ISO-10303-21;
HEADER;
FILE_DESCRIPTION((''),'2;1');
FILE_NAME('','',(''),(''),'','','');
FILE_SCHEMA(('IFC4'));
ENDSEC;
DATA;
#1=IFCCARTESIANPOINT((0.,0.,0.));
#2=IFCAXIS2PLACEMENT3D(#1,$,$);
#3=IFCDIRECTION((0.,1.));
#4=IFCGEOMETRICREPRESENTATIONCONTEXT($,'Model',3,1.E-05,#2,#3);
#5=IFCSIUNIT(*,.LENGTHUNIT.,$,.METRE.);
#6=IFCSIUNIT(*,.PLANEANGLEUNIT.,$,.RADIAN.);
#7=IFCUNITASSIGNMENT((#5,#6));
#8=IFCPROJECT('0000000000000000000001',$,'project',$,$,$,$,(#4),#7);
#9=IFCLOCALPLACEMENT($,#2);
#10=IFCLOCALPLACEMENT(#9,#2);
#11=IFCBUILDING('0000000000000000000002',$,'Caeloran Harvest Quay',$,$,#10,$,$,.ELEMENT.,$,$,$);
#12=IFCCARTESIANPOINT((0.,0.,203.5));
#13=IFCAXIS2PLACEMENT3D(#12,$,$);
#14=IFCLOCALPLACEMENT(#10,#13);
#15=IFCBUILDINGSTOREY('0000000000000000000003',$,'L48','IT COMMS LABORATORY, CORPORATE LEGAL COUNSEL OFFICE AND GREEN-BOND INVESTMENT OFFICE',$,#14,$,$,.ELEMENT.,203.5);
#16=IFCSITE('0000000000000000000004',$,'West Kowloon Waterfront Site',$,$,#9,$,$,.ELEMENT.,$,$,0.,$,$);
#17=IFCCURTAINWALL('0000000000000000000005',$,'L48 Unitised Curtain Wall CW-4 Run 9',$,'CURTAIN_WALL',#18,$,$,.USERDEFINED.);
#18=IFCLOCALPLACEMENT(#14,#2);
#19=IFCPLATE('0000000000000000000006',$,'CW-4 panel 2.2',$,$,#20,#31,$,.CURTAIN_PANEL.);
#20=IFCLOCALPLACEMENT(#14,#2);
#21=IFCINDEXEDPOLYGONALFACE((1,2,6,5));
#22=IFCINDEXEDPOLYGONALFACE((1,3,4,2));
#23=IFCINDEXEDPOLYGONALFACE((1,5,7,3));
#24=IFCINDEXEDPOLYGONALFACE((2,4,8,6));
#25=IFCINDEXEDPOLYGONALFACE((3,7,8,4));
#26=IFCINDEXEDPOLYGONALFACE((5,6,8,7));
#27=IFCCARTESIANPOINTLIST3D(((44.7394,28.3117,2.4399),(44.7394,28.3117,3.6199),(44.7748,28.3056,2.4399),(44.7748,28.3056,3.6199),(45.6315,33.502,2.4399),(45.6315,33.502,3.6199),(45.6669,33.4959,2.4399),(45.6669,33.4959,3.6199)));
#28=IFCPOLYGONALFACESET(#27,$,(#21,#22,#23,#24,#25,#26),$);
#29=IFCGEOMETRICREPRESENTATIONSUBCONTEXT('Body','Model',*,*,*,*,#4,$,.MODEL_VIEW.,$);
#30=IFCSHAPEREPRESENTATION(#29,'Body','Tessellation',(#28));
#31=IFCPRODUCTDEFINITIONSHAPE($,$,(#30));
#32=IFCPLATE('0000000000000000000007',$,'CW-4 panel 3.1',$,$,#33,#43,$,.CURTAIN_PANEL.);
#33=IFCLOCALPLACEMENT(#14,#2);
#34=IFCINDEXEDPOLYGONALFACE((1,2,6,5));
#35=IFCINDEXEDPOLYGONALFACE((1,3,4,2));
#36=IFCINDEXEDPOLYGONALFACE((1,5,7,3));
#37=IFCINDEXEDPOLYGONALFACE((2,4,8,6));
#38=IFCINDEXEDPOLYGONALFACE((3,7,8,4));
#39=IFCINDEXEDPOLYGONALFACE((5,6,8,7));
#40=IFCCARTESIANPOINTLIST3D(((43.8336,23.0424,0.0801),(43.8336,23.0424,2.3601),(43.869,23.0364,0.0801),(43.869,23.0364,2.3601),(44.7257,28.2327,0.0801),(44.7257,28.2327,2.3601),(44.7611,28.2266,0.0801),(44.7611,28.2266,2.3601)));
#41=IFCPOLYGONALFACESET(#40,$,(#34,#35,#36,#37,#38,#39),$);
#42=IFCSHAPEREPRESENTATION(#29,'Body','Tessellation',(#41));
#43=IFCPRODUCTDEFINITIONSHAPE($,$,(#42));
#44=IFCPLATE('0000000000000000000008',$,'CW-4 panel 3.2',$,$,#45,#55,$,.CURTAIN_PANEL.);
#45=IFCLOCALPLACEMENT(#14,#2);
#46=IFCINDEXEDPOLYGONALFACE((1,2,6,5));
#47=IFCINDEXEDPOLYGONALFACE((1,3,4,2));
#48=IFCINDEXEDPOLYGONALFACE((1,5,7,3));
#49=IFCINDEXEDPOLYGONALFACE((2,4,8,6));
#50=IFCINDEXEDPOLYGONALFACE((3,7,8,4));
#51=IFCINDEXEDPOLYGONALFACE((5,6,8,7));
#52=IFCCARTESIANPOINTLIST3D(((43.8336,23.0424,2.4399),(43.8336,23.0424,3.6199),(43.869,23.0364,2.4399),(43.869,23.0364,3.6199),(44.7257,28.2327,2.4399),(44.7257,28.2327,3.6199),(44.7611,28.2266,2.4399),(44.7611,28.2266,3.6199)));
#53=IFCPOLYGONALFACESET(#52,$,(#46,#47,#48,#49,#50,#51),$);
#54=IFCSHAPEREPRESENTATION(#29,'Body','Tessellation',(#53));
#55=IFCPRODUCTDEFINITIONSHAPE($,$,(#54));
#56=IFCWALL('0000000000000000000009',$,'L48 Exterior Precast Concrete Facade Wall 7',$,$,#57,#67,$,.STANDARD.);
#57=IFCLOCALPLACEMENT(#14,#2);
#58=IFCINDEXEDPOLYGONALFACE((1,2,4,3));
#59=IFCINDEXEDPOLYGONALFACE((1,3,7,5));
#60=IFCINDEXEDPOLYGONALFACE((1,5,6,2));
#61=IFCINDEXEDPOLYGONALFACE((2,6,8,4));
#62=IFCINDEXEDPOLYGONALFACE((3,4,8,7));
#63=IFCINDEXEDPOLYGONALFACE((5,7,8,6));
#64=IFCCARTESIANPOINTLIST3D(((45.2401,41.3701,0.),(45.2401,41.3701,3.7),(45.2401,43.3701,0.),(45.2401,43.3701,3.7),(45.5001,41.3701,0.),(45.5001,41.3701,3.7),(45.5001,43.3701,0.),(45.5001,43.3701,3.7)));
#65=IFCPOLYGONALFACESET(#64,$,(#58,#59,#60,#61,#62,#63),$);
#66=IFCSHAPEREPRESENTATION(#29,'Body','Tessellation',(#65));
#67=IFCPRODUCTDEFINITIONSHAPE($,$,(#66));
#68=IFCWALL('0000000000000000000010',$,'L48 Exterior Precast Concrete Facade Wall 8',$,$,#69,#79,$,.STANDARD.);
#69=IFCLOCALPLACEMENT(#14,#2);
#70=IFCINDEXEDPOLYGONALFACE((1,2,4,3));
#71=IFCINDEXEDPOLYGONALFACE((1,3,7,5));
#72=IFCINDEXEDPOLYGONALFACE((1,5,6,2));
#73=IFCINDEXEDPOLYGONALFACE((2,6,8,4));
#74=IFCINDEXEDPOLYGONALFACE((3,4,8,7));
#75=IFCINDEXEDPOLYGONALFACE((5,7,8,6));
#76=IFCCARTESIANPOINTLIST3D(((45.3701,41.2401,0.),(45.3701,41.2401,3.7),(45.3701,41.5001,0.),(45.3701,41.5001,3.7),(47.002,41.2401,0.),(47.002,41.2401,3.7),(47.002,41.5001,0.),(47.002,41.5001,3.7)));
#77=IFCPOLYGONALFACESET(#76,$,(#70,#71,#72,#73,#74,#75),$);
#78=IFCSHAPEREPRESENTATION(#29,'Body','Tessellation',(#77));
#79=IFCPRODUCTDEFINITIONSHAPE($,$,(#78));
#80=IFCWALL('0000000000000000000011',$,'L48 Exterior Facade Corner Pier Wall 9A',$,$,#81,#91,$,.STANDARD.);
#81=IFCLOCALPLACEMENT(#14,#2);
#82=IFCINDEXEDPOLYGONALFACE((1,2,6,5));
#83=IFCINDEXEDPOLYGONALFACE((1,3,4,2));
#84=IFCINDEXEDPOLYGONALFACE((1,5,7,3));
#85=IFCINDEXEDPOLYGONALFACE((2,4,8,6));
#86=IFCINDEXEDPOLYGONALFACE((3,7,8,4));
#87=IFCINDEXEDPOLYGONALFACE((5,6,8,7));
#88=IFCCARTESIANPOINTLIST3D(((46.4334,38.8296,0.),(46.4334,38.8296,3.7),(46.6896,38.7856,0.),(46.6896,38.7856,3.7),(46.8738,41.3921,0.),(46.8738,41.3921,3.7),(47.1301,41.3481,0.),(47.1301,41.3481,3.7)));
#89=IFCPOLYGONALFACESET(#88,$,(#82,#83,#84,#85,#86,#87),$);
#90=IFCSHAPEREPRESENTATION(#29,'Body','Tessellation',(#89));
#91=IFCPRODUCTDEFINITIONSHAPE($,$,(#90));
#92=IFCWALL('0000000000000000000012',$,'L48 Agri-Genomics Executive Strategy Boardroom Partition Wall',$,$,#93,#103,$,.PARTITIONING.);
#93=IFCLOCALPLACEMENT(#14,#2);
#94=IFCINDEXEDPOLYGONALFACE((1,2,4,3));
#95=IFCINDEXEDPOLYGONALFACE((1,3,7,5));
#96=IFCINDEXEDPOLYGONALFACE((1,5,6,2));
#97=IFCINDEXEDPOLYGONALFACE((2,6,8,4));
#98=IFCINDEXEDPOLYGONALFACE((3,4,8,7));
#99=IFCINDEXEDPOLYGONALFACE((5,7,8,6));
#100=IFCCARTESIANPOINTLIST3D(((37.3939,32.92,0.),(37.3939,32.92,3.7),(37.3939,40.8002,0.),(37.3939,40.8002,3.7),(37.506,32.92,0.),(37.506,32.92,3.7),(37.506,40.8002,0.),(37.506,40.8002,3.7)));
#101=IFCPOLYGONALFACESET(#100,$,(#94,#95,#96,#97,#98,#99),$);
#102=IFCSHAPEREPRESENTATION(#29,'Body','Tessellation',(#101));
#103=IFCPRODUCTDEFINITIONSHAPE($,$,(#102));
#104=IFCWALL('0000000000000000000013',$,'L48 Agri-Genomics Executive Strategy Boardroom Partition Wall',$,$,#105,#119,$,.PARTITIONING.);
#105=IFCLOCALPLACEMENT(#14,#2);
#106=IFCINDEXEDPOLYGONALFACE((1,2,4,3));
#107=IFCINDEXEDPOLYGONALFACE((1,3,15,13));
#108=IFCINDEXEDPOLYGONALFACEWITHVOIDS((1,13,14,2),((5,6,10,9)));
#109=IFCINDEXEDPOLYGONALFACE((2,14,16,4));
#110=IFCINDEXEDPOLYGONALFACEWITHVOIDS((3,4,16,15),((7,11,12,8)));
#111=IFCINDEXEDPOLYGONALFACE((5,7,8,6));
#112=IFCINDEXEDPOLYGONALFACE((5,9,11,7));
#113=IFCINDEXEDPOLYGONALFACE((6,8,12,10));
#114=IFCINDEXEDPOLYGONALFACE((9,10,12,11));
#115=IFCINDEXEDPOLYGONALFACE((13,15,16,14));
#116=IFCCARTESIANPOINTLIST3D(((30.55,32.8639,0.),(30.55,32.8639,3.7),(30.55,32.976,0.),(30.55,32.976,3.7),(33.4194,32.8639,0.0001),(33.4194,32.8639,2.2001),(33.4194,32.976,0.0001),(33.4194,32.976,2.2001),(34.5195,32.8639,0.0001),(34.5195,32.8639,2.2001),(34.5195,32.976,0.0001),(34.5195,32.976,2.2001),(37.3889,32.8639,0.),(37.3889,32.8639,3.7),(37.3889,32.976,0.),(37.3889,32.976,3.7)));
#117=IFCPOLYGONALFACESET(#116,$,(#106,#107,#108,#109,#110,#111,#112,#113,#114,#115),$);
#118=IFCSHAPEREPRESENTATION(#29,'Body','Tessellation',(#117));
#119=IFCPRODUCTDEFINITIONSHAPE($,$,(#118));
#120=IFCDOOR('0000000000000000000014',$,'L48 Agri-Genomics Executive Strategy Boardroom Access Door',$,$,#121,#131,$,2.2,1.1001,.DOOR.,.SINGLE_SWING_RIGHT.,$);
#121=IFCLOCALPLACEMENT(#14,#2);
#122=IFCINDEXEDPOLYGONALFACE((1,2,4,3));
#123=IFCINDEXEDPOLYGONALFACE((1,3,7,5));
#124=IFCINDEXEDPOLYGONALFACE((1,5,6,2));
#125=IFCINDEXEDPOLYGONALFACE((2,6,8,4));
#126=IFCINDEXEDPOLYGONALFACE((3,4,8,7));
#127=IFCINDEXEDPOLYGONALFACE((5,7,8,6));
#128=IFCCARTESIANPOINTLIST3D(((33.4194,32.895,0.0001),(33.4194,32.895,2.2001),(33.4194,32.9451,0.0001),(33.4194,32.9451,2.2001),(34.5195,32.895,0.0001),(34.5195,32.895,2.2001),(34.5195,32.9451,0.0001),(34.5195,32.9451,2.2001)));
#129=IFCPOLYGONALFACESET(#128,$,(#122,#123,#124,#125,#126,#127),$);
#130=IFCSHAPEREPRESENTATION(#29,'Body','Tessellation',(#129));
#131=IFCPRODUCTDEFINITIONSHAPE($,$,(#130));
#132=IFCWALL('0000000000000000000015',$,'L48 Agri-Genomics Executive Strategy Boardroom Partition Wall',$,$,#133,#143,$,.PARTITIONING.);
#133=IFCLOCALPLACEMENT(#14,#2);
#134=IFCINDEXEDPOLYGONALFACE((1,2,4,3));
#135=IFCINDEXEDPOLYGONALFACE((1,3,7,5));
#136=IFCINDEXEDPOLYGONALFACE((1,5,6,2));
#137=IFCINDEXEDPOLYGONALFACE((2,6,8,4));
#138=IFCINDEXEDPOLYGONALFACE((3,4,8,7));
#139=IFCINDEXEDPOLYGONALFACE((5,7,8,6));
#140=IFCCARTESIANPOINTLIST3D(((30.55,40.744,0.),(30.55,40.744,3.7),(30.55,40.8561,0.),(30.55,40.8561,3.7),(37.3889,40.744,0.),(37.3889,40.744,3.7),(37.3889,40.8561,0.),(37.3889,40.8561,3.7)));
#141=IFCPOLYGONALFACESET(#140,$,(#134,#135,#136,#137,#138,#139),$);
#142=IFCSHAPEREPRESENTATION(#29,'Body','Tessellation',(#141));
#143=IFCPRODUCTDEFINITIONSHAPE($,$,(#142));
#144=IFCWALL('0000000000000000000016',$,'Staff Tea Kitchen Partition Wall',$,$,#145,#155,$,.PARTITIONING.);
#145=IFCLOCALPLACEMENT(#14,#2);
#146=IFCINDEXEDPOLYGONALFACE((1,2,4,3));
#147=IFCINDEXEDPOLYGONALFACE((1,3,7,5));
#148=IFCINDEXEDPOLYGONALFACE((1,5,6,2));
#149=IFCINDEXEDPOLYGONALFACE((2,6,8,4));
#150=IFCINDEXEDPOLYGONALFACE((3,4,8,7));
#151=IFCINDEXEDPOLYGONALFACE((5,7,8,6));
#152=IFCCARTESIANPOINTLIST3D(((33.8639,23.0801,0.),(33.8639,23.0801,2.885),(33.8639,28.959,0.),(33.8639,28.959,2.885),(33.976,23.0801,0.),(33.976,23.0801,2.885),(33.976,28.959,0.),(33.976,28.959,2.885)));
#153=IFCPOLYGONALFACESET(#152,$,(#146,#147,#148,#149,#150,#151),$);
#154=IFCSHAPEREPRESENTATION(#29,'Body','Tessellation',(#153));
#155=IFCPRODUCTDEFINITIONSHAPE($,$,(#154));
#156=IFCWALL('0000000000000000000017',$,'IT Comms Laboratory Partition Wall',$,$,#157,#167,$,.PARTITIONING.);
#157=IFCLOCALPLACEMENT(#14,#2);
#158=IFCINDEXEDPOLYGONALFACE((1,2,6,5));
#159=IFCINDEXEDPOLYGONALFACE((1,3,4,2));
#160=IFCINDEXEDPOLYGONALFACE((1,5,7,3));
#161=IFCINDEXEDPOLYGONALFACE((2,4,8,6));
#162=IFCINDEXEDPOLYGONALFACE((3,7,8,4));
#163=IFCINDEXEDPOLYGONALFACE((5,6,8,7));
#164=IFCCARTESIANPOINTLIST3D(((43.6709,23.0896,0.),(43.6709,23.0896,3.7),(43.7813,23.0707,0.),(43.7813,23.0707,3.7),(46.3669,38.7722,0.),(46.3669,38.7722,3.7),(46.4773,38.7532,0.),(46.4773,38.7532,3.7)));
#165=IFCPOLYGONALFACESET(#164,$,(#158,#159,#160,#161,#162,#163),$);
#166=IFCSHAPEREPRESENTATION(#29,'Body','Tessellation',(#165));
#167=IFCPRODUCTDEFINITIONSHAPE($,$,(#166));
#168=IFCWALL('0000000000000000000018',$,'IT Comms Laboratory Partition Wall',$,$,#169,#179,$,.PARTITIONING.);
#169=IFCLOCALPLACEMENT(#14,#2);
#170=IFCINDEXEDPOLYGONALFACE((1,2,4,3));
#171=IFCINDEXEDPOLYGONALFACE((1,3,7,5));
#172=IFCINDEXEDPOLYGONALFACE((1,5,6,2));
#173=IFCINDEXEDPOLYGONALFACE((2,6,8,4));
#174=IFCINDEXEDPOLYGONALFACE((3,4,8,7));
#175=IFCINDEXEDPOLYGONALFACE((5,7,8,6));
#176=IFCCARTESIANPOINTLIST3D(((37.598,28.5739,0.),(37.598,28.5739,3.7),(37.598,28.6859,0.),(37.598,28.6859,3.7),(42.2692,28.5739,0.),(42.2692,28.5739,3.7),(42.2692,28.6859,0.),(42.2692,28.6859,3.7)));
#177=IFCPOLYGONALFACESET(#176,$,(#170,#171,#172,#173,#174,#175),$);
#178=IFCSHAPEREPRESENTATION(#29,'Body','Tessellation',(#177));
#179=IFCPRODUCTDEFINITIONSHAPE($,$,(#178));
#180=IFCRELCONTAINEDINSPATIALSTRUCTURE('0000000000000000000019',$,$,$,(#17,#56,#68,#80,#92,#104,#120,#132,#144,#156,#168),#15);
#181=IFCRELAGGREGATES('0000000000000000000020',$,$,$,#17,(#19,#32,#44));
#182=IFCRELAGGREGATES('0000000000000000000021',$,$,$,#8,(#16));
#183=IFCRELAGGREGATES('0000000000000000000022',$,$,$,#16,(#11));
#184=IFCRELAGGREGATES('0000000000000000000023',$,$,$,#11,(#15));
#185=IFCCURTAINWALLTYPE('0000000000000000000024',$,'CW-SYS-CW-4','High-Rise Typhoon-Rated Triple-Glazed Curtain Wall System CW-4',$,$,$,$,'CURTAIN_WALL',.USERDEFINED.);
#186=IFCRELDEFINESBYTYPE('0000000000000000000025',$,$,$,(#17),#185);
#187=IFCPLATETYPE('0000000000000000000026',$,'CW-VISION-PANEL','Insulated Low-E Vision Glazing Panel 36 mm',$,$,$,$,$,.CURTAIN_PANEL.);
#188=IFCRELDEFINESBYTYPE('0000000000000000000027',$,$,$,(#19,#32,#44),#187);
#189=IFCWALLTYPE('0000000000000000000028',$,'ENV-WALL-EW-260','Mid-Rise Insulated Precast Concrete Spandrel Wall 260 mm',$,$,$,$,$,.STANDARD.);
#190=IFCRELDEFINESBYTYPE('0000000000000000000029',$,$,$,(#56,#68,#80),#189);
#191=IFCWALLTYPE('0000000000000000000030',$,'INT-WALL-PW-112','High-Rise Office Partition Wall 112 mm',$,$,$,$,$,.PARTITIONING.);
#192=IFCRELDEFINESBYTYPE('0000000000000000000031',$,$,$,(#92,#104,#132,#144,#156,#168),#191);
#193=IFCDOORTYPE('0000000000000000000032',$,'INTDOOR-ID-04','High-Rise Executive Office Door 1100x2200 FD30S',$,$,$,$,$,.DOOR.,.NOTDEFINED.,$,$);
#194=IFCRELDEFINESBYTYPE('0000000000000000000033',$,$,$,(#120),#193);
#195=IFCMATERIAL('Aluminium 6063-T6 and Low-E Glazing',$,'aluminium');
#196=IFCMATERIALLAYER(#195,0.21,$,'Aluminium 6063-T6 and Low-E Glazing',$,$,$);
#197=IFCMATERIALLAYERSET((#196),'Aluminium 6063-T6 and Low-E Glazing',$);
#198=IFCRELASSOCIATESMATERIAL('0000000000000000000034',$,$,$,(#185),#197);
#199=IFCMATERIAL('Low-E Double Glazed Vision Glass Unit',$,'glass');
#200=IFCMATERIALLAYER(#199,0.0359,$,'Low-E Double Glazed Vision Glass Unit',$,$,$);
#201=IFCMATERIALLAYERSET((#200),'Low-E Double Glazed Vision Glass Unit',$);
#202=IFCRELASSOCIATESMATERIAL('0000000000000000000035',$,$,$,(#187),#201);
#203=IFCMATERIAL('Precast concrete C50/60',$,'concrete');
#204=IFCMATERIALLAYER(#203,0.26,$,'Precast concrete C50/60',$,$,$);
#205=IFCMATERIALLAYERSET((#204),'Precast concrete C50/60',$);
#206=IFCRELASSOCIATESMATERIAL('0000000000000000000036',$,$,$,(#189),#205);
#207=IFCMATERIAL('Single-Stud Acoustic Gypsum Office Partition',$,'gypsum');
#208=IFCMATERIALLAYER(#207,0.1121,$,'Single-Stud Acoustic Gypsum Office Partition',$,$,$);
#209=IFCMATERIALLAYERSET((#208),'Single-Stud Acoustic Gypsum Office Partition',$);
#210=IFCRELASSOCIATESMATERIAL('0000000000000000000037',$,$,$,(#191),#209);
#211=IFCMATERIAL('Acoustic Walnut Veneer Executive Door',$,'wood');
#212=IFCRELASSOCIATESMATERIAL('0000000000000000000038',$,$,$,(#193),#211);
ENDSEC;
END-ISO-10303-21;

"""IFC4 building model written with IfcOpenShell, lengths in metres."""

from ifc_helpers import new_model, si_unit, direction, frame, frame_2d, origin, origin_2d, place, context, subcontext, project, spatial, rectangle, extrude, material, layer, layer_set, type_object, element, fill, aggregate, save


model = new_model("IFC4")

# Units and contexts
model_context = context("Model", 3, precision=1e-05, world=origin(), true_north=direction((0.0, 1.0)))
body_context = subcontext(model_context, "Body", "Model", "MODEL_VIEW")
ifc_project = project(units=[si_unit("LENGTHUNIT", "METRE"), si_unit("PLANEANGLEUNIT", "RADIAN")], contexts=[model_context])

# Site, building, storey
site_placement = place(None, origin())
site = spatial("IfcSite", under=ifc_project, at=site_placement, Name="West Kowloon Waterfront Site", CompositionType="ELEMENT", RefElevation=0.0)
building_placement = place(site_placement, origin())
building = spatial("IfcBuilding", under=site, at=building_placement, Name="Caeloran Harvest Quay", CompositionType="ELEMENT")
storey_placement = place(building_placement, frame((0.0, 0.0, 203.5)))
storey = spatial("IfcBuildingStorey", under=building, at=storey_placement, Name="L48", Description="IT COMMS LABORATORY, CORPORATE LEGAL COUNSEL OFFICE AND GREEN-BOND INVESTMENT OFFICE", CompositionType="ELEMENT", Elevation=203.5)

# Curtain wall, plates
ifc_material_1 = material(Name="Aluminium 6063-T6 and Low-E Glazing", Category="aluminium")
ifc_layer_1 = layer(ifc_material_1, 0.21, Name="Aluminium 6063-T6 and Low-E Glazing")
ifc_layer_set_1 = layer_set([ifc_layer_1], Name="Aluminium 6063-T6 and Low-E Glazing")
curtain_wall_type = type_object("IfcCurtainWallType", Name="CW-SYS-CW-4", Description="High-Rise Typhoon-Rated Triple-Glazed Curtain Wall System CW-4", ElementType="CURTAIN_WALL", PredefinedType="USERDEFINED", material=ifc_layer_set_1)
curtain_wall_placement = place(storey_placement, origin())
curtain_wall = element("IfcCurtainWall", 1, at=curtain_wall_placement, inside=storey, type_object=curtain_wall_type, Name="L48 Unitised Curtain Wall CW-4 Run 9", ObjectType="CURTAIN_WALL", PredefinedType="USERDEFINED")
ifc_material_2 = material(Name="Low-E Double Glazed Vision Glass Unit", Category="glass")
ifc_layer_2 = layer(ifc_material_2, 0.0359, Name="Low-E Double Glazed Vision Glass Unit")
ifc_layer_set_2 = layer_set([ifc_layer_2], Name="Low-E Double Glazed Vision Glass Unit")
plate_type = type_object("IfcPlateType", Name="CW-VISION-PANEL", Description="Insulated Low-E Vision Glazing Panel 36 mm", PredefinedType="CURTAIN_PANEL", material=ifc_layer_set_2)
plate_1_placement = place(storey_placement, frame((45.2031, 30.9038, 2.4399), z_axis=(0.0, 0.0, 1.0), x_axis=(-0.169392, -0.985549, 0.0)))
plate_1 = element("IfcPlate", 2, at=plate_1_placement, type_object=plate_type, Name="CW-4 panel 2.2", PredefinedType="CURTAIN_PANEL", context=body_context, shape_type="SweptSolid", body=[
    extrude(rectangle(XDim=5.2664, YDim=0.0359, at=origin_2d()), origin(), (0.0, 0.0, 1.0), 1.1799),
])
plate_2_placement = place(storey_placement, frame((44.2974, 25.6345, 0.0801), z_axis=(0.0, 0.0, 1.0), x_axis=(-0.169392, -0.985549, 0.0)))
plate_2 = element("IfcPlate", 3, at=plate_2_placement, type_object=plate_type, Name="CW-4 panel 3.1", PredefinedType="CURTAIN_PANEL", context=body_context, shape_type="SweptSolid", body=[
    extrude(rectangle(XDim=5.2664, YDim=0.0359, at=origin_2d()), origin(), (0.0, 0.0, 1.0), 2.28),
])
plate_3_placement = place(storey_placement, frame((44.2974, 25.6345, 2.4399), z_axis=(0.0, 0.0, 1.0), x_axis=(-0.169392, -0.985549, 0.0)))
plate_3 = element("IfcPlate", 4, at=plate_3_placement, type_object=plate_type, Name="CW-4 panel 3.2", PredefinedType="CURTAIN_PANEL", context=body_context, shape_type="SweptSolid", body=[
    extrude(rectangle(XDim=5.2664, YDim=0.0359, at=origin_2d()), origin(), (0.0, 0.0, 1.0), 1.1799),
])
aggregate(curtain_wall, [plate_1, plate_2, plate_3])

# Walls
ifc_material_3 = material(Name="Precast concrete C50/60", Category="concrete")
ifc_layer_3 = layer(ifc_material_3, 0.26, Name="Precast concrete C50/60")
ifc_layer_set_3 = layer_set([ifc_layer_3], Name="Precast concrete C50/60")
wall_type_1 = type_object("IfcWallType", Name="ENV-WALL-EW-260", Description="Mid-Rise Insulated Precast Concrete Spandrel Wall 260 mm", PredefinedType="STANDARD", material=ifc_layer_set_3)
wall_1_placement = place(storey_placement, frame((45.3701, 43.3701, 0.0), z_axis=(0.0, 0.0, 1.0), x_axis=(0.0, -1.0, 0.0)))
element("IfcWall", 5, at=wall_1_placement, inside=storey, type_object=wall_type_1, Name="L48 Exterior Precast Concrete Facade Wall 7", PredefinedType="STANDARD", context=body_context, shape_type="SweptSolid", body=[
    extrude(rectangle(XDim=2.0, YDim=0.26, at=frame_2d((1.0, 0.0))), origin(), (0.0, 0.0, 1.0), 3.7),
])
wall_2_placement = place(storey_placement, frame((45.3701, 41.3701, 0.0), z_axis=(0.0, 0.0, 1.0), x_axis=(1.0, 0.0, 0.0)))
element("IfcWall", 6, at=wall_2_placement, inside=storey, type_object=wall_type_1, Name="L48 Exterior Precast Concrete Facade Wall 8", PredefinedType="STANDARD", context=body_context, shape_type="SweptSolid", body=[
    extrude(rectangle(XDim=1.6318, YDim=0.26, at=frame_2d((0.8159, 0.0))), origin(), (0.0, 0.0, 1.0), 3.7),
])
wall_3_placement = place(storey_placement, frame((47.002, 41.3701, 0.0), z_axis=(0.0, 0.0, 1.0), x_axis=(-0.169391, -0.985549, 0.0)))
element("IfcWall", 7, at=wall_3_placement, inside=storey, type_object=wall_type_1, Name="L48 Exterior Facade Corner Pier Wall 9A", PredefinedType="STANDARD", context=body_context, shape_type="SweptSolid", body=[
    extrude(rectangle(XDim=2.6001, YDim=0.26, at=frame_2d((1.3, 0.0))), origin(), (0.0, 0.0, 1.0), 3.7),
])
ifc_material_4 = material(Name="Single-Stud Acoustic Gypsum Office Partition", Category="gypsum")
ifc_layer_4 = layer(ifc_material_4, 0.1121, Name="Single-Stud Acoustic Gypsum Office Partition")
ifc_layer_set_4 = layer_set([ifc_layer_4], Name="Single-Stud Acoustic Gypsum Office Partition")
wall_type_2 = type_object("IfcWallType", Name="INT-WALL-PW-112", Description="High-Rise Office Partition Wall 112 mm", PredefinedType="PARTITIONING", material=ifc_layer_set_4)
wall_4_placement = place(storey_placement, frame((37.45, 40.8, 0.0), z_axis=(0.0, 0.0, 1.0), x_axis=(0.0, -1.0, 0.0)))
element("IfcWall", 8, at=wall_4_placement, inside=storey, type_object=wall_type_2, Name="L48 Agri-Genomics Executive Strategy Boardroom Partition Wall", PredefinedType="PARTITIONING", context=body_context, shape_type="SweptSolid", body=[
    extrude(rectangle(XDim=7.8801, YDim=0.1121, at=frame_2d((3.9399, 0.0))), origin(), (0.0, 0.0, 1.0), 3.7),
])

# Wall, opening, door
wall_5_placement = place(storey_placement, frame((37.3889, 32.9199, 0.0), z_axis=(0.0, 0.0, 1.0), x_axis=(-1.0, 0.0, 0.0)))
wall_5 = element("IfcWall", 9, at=wall_5_placement, inside=storey, type_object=wall_type_2, Name="L48 Agri-Genomics Executive Strategy Boardroom Partition Wall", PredefinedType="PARTITIONING", context=body_context, shape_type="SweptSolid", body=[
    extrude(rectangle(XDim=6.8389, YDim=0.1121, at=frame_2d((3.4194, 0.0))), origin(), (0.0, 0.0, 1.0), 3.7),
])
opening_1_placement = place(wall_5_placement, frame((2.8694, 0.0, 0.0)))
opening_1 = element("IfcOpeningElement", 10, at=opening_1_placement, cuts=wall_5, PredefinedType="OPENING", context=body_context, shape_type="SweptSolid", body=[
    extrude(rectangle(XDim=1.1001, YDim=2.2, at=frame_2d((0.55, 1.1001))), frame((0.0, 0.0659, 0.0), z_axis=(0.0, -1.0, 0.0), x_axis=(1.0, 0.0, 0.0)), (0.0, 0.0, 1.0), 0.1321),
])
ifc_material_5 = material(Name="Acoustic Walnut Veneer Executive Door", Category="wood")
door_type = type_object("IfcDoorType", Name="INTDOOR-ID-04", Description="High-Rise Executive Office Door 1100x2200 FD30S", OperationType="NOTDEFINED", PredefinedType="DOOR", material=ifc_material_5)
door_1_placement = place(opening_1_placement, origin())
door_1 = element("IfcDoor", 11, at=door_1_placement, inside=storey, type_object=door_type, Name="L48 Agri-Genomics Executive Strategy Boardroom Access Door", OperationType="SINGLE_SWING_RIGHT", OverallHeight=2.2, OverallWidth=1.1001, PredefinedType="DOOR", context=body_context, shape_type="SweptSolid", body=[
    extrude(rectangle(XDim=1.1001, YDim=2.2, at=frame_2d((0.55, 1.1001))), frame((0.0, 0.0249, 0.0), z_axis=(0.0, -1.0, 0.0), x_axis=(1.0, 0.0, 0.0)), (0.0, 0.0, 1.0), 0.05),
])
fill(opening_1, door_1)

# Walls
wall_6_placement = place(storey_placement, frame((30.55, 40.8, 0.0), z_axis=(0.0, 0.0, 1.0), x_axis=(1.0, 0.0, 0.0)))
element("IfcWall", 12, at=wall_6_placement, inside=storey, type_object=wall_type_2, Name="L48 Agri-Genomics Executive Strategy Boardroom Partition Wall", PredefinedType="PARTITIONING", context=body_context, shape_type="SweptSolid", body=[
    extrude(rectangle(XDim=6.8389, YDim=0.1121, at=frame_2d((3.4194, 0.0))), origin(), (0.0, 0.0, 1.0), 3.7),
])
wall_7_placement = place(storey_placement, frame((33.9199, 28.959, 0.0), z_axis=(0.0, 0.0, 1.0), x_axis=(0.0, -1.0, 0.0)))
element("IfcWall", 13, at=wall_7_placement, inside=storey, type_object=wall_type_2, Name="Staff Tea Kitchen Partition Wall", PredefinedType="PARTITIONING", context=body_context, shape_type="SweptSolid", body=[
    extrude(rectangle(XDim=5.8789, YDim=0.1121, at=frame_2d((2.9395, 0.0))), origin(), (0.0, 0.0, 1.0), 2.885),
])
wall_8_placement = place(storey_placement, frame((46.4221, 38.7627, 0.0), z_axis=(0.0, 0.0, 1.0), x_axis=(-0.169428, -0.985543, 0.0)))
element("IfcWall", 14, at=wall_8_placement, inside=storey, type_object=wall_type_2, Name="IT Comms Laboratory Partition Wall", PredefinedType="PARTITIONING", context=body_context, shape_type="SweptSolid", body=[
    extrude(rectangle(XDim=15.9126, YDim=0.1121, at=frame_2d((7.9563, 0.0))), origin(), (0.0, 0.0, 1.0), 3.7),
])
wall_9_placement = place(storey_placement, frame((42.269, 28.6299, 0.0), z_axis=(0.0, 0.0, 1.0), x_axis=(-1.0, 0.0, 0.0)))
element("IfcWall", 15, at=wall_9_placement, inside=storey, type_object=wall_type_2, Name="IT Comms Laboratory Partition Wall", PredefinedType="PARTITIONING", context=body_context, shape_type="SweptSolid", body=[
    extrude(rectangle(XDim=4.6711, YDim=0.1121, at=frame_2d((2.3354, 0.0))), origin(), (0.0, 0.0, 1.0), 3.7),
])

save(model, "model.ifc")
